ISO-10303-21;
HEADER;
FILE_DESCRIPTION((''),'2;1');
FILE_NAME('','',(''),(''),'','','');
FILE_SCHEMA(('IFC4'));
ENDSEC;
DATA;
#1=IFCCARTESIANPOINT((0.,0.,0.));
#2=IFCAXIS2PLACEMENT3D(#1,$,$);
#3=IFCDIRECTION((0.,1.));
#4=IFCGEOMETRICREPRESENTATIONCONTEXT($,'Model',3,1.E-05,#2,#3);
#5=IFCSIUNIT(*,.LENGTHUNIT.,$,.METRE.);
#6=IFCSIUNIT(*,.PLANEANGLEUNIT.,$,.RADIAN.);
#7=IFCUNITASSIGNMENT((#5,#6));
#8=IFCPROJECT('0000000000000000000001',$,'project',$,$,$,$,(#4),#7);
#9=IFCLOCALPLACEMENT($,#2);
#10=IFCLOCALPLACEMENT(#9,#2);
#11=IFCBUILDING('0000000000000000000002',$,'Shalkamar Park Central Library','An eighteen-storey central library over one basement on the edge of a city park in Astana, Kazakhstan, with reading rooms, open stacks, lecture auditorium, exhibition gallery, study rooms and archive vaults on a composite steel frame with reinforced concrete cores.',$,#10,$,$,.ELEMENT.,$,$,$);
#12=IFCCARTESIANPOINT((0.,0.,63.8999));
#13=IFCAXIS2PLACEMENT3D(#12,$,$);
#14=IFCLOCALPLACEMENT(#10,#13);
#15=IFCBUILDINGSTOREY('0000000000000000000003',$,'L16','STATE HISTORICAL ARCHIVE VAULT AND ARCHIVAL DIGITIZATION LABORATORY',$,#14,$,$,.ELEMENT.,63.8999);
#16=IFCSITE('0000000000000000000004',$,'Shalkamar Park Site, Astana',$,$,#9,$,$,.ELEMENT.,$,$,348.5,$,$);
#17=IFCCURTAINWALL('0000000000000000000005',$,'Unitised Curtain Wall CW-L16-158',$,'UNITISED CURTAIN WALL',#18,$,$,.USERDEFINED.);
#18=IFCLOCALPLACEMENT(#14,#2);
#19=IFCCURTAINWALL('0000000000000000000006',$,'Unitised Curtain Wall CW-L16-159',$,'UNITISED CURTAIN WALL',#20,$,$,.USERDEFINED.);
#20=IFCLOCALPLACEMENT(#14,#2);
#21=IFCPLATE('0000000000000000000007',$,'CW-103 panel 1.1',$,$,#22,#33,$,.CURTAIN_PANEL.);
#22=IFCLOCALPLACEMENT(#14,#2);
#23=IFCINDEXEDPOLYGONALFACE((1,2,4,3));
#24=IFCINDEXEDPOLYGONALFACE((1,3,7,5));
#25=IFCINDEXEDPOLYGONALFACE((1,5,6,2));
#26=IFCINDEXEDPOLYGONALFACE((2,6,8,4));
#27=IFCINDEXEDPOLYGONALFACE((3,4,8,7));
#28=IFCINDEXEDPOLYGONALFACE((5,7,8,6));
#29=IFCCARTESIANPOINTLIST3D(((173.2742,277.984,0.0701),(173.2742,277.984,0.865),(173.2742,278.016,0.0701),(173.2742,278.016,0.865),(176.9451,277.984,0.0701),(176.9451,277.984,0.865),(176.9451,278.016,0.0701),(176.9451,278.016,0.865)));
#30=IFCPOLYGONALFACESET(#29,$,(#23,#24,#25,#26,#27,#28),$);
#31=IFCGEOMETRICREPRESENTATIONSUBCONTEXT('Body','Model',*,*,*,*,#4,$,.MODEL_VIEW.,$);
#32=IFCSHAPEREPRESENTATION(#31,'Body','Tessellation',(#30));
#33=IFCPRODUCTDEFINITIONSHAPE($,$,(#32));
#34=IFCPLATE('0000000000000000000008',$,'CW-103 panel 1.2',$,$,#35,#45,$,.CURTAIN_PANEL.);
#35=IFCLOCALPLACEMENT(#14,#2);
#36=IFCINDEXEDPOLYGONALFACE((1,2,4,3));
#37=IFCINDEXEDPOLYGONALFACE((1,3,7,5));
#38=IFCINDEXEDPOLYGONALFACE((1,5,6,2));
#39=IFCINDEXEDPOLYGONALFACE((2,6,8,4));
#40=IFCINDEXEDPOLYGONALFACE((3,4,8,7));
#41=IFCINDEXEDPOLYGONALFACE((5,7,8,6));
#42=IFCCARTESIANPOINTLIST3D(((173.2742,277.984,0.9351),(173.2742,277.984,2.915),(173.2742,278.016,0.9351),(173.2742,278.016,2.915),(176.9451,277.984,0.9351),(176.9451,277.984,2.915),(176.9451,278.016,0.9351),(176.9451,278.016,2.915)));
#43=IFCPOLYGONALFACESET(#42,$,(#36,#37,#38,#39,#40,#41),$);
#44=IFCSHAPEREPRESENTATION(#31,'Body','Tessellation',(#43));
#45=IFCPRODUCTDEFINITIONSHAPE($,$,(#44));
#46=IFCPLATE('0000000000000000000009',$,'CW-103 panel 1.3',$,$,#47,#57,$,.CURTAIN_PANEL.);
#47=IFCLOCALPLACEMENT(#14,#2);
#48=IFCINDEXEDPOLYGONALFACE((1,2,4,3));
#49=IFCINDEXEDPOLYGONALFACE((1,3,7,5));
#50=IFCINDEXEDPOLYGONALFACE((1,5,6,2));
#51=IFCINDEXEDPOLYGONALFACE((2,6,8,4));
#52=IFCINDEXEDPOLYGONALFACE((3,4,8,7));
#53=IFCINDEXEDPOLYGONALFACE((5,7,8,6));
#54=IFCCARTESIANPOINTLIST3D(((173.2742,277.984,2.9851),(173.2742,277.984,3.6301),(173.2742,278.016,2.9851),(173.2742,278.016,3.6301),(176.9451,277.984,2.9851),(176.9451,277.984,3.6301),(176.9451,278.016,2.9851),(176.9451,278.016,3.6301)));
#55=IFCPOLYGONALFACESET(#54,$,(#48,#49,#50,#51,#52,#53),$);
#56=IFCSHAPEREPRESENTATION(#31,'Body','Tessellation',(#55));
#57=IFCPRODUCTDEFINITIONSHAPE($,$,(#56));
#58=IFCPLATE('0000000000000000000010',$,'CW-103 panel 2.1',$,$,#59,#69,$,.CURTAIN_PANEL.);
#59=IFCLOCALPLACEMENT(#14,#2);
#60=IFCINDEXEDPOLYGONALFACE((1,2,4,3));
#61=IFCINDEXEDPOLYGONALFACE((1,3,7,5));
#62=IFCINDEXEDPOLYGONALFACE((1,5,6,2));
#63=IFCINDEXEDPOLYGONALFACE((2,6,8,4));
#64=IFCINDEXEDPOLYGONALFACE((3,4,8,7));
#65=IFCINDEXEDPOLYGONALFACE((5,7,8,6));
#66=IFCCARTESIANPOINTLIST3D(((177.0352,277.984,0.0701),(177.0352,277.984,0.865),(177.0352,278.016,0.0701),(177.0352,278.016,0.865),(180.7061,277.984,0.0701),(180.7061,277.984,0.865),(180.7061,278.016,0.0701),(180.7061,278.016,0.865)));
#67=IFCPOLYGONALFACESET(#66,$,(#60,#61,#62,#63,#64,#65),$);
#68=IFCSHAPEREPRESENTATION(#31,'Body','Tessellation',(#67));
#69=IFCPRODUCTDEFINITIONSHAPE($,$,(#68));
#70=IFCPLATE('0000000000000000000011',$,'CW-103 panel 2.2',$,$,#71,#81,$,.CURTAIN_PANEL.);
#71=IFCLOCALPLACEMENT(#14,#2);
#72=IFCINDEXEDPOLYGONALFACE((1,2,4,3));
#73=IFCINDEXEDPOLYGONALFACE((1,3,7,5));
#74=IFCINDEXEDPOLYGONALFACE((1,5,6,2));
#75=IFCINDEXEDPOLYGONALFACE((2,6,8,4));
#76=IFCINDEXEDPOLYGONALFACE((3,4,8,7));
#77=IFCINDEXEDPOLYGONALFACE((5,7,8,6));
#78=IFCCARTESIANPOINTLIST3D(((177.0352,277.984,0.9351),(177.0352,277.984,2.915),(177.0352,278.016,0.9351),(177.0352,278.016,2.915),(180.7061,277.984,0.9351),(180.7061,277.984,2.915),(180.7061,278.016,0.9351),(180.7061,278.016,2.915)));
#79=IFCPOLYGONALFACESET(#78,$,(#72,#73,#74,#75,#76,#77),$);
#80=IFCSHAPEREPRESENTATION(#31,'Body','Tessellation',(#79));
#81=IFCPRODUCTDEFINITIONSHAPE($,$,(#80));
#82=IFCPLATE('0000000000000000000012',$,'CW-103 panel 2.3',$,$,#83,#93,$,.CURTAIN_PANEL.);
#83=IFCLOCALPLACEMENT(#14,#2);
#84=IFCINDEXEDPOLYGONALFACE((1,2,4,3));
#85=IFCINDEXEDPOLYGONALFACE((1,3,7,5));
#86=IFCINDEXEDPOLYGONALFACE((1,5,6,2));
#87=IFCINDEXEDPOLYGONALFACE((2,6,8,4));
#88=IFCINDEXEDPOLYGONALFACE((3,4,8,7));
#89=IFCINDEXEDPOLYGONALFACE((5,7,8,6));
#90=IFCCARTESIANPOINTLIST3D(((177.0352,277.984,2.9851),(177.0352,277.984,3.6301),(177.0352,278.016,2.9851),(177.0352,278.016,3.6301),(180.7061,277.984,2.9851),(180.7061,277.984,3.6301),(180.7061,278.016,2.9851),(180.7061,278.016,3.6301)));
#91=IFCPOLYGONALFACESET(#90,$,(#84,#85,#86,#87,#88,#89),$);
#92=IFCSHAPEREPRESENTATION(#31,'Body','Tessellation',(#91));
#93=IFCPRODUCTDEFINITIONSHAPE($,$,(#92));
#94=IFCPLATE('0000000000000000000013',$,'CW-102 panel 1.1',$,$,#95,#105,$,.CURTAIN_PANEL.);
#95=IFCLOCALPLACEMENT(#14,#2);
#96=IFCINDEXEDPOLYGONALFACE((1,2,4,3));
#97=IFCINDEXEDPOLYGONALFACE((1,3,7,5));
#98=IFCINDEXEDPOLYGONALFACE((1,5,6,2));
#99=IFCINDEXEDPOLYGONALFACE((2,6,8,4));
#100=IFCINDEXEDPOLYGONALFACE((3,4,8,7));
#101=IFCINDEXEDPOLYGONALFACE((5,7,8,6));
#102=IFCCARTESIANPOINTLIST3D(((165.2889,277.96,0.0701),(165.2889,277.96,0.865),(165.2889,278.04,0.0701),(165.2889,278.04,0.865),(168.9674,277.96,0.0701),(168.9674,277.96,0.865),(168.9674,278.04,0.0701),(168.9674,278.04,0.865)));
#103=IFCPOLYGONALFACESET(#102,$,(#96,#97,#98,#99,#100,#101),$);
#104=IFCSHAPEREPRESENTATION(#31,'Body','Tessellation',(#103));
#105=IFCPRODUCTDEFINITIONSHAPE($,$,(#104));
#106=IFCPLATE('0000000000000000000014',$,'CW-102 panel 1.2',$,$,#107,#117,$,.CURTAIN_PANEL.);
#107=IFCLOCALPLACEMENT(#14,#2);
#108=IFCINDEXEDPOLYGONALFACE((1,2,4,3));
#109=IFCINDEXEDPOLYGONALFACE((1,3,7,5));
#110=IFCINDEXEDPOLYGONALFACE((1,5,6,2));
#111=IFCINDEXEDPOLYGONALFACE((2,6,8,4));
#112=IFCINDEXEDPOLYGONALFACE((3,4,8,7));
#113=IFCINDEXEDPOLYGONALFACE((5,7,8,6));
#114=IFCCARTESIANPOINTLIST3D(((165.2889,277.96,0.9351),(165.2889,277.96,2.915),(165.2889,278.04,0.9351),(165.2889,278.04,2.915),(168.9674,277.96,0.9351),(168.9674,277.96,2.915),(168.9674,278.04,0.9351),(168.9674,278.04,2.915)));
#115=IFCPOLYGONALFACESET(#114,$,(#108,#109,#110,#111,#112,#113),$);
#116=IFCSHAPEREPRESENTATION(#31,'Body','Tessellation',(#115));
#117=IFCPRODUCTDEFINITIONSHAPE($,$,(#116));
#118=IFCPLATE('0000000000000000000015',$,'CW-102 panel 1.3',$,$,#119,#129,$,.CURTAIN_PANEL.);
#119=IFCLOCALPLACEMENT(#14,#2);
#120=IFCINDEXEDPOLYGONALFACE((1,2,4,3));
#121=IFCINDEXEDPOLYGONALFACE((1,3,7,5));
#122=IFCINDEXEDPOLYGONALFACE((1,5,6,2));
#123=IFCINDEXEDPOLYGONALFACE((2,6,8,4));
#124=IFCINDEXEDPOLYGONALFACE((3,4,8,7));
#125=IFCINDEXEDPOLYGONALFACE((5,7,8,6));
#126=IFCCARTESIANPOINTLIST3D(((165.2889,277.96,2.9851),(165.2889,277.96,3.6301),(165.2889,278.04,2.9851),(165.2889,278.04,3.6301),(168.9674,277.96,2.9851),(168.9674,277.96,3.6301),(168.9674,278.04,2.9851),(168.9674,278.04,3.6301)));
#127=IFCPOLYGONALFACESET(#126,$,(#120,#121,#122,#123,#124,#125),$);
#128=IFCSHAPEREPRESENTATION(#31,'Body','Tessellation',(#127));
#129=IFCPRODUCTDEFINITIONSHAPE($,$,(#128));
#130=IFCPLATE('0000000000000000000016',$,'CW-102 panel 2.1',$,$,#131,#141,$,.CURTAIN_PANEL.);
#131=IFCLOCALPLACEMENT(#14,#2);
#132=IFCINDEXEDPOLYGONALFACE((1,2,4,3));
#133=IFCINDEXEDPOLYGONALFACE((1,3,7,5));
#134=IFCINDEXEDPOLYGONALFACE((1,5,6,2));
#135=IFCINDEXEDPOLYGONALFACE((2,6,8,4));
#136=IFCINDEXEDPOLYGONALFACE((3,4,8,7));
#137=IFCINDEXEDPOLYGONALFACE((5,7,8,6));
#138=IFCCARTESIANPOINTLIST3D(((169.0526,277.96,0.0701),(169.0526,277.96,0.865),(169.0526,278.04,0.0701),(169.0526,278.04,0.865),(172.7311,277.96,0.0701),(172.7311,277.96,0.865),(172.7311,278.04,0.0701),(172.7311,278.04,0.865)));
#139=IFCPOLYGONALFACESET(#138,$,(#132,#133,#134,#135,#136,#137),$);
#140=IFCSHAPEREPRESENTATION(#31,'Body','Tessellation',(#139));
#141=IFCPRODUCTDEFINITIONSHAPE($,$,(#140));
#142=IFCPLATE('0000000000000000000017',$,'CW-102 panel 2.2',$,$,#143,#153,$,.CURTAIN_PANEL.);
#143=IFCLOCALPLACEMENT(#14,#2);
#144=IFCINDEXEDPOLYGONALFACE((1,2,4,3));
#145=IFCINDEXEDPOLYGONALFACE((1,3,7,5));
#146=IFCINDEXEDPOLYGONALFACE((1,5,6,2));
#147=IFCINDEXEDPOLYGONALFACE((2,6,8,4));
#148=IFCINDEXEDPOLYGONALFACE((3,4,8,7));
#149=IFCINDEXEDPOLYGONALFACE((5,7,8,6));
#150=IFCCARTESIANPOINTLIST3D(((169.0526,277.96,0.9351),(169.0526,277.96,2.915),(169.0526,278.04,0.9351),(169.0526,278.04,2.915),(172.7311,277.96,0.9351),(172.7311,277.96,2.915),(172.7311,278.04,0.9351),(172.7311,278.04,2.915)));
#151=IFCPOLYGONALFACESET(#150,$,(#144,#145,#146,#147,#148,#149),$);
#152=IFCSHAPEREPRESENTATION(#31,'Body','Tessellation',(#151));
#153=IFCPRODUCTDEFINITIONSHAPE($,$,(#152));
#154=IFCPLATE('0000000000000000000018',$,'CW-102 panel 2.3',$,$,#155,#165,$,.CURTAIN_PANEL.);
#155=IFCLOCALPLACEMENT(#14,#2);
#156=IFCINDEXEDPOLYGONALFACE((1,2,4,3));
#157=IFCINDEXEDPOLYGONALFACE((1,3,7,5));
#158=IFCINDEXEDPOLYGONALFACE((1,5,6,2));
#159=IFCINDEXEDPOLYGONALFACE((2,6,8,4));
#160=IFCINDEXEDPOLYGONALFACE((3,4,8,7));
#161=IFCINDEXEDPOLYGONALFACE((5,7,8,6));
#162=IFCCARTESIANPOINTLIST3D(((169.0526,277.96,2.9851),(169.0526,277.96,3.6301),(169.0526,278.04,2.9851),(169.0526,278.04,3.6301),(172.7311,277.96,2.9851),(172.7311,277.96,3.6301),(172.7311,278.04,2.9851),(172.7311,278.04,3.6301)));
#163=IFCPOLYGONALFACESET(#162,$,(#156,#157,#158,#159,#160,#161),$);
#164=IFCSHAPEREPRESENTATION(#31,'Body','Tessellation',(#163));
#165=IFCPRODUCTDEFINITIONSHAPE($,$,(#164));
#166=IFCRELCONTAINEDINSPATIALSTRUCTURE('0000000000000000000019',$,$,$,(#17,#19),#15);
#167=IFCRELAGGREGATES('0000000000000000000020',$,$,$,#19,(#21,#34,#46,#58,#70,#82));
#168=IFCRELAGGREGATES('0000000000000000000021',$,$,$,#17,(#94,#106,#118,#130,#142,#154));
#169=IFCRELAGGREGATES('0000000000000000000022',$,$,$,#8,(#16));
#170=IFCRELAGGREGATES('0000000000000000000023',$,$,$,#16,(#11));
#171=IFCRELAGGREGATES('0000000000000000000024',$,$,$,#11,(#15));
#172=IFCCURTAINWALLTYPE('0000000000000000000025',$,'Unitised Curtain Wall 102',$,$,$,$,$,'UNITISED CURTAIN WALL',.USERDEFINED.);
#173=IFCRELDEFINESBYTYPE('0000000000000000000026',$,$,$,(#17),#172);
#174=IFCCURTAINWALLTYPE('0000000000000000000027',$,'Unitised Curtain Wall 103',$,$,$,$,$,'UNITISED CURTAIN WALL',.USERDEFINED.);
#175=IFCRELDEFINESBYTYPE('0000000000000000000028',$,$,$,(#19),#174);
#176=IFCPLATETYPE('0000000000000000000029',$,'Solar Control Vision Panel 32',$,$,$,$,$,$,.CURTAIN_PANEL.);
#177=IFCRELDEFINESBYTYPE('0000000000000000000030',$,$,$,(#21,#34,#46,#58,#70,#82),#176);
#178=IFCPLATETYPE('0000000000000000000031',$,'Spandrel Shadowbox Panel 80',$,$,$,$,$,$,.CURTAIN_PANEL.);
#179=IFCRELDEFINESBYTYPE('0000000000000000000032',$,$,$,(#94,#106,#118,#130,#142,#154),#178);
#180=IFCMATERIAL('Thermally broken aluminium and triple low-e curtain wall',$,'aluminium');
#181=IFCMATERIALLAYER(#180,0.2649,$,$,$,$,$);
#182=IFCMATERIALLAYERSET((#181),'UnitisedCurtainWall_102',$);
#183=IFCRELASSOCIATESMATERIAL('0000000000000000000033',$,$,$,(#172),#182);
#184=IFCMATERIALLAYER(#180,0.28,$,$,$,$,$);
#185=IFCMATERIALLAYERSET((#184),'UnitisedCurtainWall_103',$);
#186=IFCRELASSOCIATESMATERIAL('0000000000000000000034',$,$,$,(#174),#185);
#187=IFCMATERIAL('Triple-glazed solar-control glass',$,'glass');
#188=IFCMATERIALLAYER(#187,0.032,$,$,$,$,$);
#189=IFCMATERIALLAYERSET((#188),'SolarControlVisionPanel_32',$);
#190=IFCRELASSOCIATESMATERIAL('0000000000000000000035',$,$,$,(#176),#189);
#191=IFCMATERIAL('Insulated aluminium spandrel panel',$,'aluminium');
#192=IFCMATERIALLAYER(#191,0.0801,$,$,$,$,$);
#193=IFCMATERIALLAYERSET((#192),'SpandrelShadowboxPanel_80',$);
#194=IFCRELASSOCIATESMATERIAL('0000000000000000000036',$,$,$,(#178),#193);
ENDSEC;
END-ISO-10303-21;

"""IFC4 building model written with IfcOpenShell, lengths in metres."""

from ifc_helpers import new_model, si_unit, direction, frame, origin, origin_2d, place, context, subcontext, project, spatial, rectangle, extrude, material, layer, layer_set, type_object, element, aggregate, save


model = new_model("IFC4")

# Units and contexts
model_context = context("Model", 3, precision=1e-05, world=origin(), true_north=direction((0.0, 1.0)))
body_context = subcontext(model_context, "Body", "Model", "MODEL_VIEW")
ifc_project = project(units=[si_unit("LENGTHUNIT", "METRE"), si_unit("PLANEANGLEUNIT", "RADIAN")], contexts=[model_context])

# Site, building, storey
site_placement = place(None, origin())
site = spatial("IfcSite", under=ifc_project, at=site_placement, Name="Shalkamar Park Site, Astana", CompositionType="ELEMENT", RefElevation=348.5)
building_placement = place(site_placement, origin())
building = spatial("IfcBuilding", under=site, at=building_placement, Name="Shalkamar Park Central Library", Description="An eighteen-storey central library over one basement on the edge of a city park in Astana, Kazakhstan, with reading rooms, open stacks, lecture auditorium, exhibition gallery, study rooms and archive vaults on a composite steel frame with reinforced concrete cores.", CompositionType="ELEMENT")
storey_placement = place(building_placement, frame((0.0, 0.0, 63.8999)))
storey = spatial("IfcBuildingStorey", under=building, at=storey_placement, Name="L16", Description="STATE HISTORICAL ARCHIVE VAULT AND ARCHIVAL DIGITIZATION LABORATORY", CompositionType="ELEMENT", Elevation=63.8999)

# Curtain walls
ifc_material_1 = material(Name="Thermally broken aluminium and triple low-e curtain wall", Category="aluminium")
ifc_layer_1 = layer(ifc_material_1, 0.2649)
ifc_layer_set_1 = layer_set([ifc_layer_1], Name="UnitisedCurtainWall_102")
curtain_wall_type_1 = type_object("IfcCurtainWallType", Name="Unitised Curtain Wall 102", ElementType="UNITISED CURTAIN WALL", PredefinedType="USERDEFINED", material=ifc_layer_set_1)
curtain_wall_1_placement = place(storey_placement, origin())
curtain_wall_1 = element("IfcCurtainWall", 1, at=curtain_wall_1_placement, inside=storey, type_object=curtain_wall_type_1, Name="Unitised Curtain Wall CW-L16-158", ObjectType="UNITISED CURTAIN WALL", PredefinedType="USERDEFINED")
ifc_layer_2 = layer(ifc_material_1, 0.28)
ifc_layer_set_2 = layer_set([ifc_layer_2], Name="UnitisedCurtainWall_103")
curtain_wall_type_2 = type_object("IfcCurtainWallType", Name="Unitised Curtain Wall 103", ElementType="UNITISED CURTAIN WALL", PredefinedType="USERDEFINED", material=ifc_layer_set_2)
curtain_wall_2_placement = place(storey_placement, origin())
curtain_wall_2 = element("IfcCurtainWall", 2, at=curtain_wall_2_placement, inside=storey, type_object=curtain_wall_type_2, Name="Unitised Curtain Wall CW-L16-159", ObjectType="UNITISED CURTAIN WALL", PredefinedType="USERDEFINED")

# Plates
ifc_material_2 = material(Name="Triple-glazed solar-control glass", Category="glass")
ifc_layer_3 = layer(ifc_material_2, 0.032)
ifc_layer_set_3 = layer_set([ifc_layer_3], Name="SolarControlVisionPanel_32")
plate_type_1 = type_object("IfcPlateType", Name="Solar Control Vision Panel 32", PredefinedType="CURTAIN_PANEL", material=ifc_layer_set_3)
plate_1_placement = place(storey_placement, frame((175.1096, 278.0, 0.0701), z_axis=(0.0, 0.0, 1.0), x_axis=(1.0, 0.0, 0.0)))
plate_1 = element("IfcPlate", 3, at=plate_1_placement, type_object=plate_type_1, Name="CW-103 panel 1.1", PredefinedType="CURTAIN_PANEL", context=body_context, shape_type="SweptSolid", body=[
    extrude(rectangle(XDim=3.6709, YDim=0.032, at=origin_2d()), origin(), (0.0, 0.0, 1.0), 0.7949),
])
plate_2_placement = place(storey_placement, frame((175.1096, 278.0, 0.9351), z_axis=(0.0, 0.0, 1.0), x_axis=(1.0, 0.0, 0.0)))
plate_2 = element("IfcPlate", 4, at=plate_2_placement, type_object=plate_type_1, Name="CW-103 panel 1.2", PredefinedType="CURTAIN_PANEL", context=body_context, shape_type="SweptSolid", body=[
    extrude(rectangle(XDim=3.6709, YDim=0.032, at=origin_2d()), origin(), (0.0, 0.0, 1.0), 1.98),
])
plate_3_placement = place(storey_placement, frame((175.1096, 278.0, 2.9851), z_axis=(0.0, 0.0, 1.0), x_axis=(1.0, 0.0, 0.0)))
plate_3 = element("IfcPlate", 5, at=plate_3_placement, type_object=plate_type_1, Name="CW-103 panel 1.3", PredefinedType="CURTAIN_PANEL", context=body_context, shape_type="SweptSolid", body=[
    extrude(rectangle(XDim=3.6709, YDim=0.032, at=origin_2d()), origin(), (0.0, 0.0, 1.0), 0.645),
])
plate_4_placement = place(storey_placement, frame((178.8706, 278.0, 0.0701), z_axis=(0.0, 0.0, 1.0), x_axis=(1.0, 0.0, 0.0)))
plate_4 = element("IfcPlate", 6, at=plate_4_placement, type_object=plate_type_1, Name="CW-103 panel 2.1", PredefinedType="CURTAIN_PANEL", context=body_context, shape_type="SweptSolid", body=[
    extrude(rectangle(XDim=3.6709, YDim=0.032, at=origin_2d()), origin(), (0.0, 0.0, 1.0), 0.7949),
])
plate_5_placement = place(storey_placement, frame((178.8706, 278.0, 0.9351), z_axis=(0.0, 0.0, 1.0), x_axis=(1.0, 0.0, 0.0)))
plate_5 = element("IfcPlate", 7, at=plate_5_placement, type_object=plate_type_1, Name="CW-103 panel 2.2", PredefinedType="CURTAIN_PANEL", context=body_context, shape_type="SweptSolid", body=[
    extrude(rectangle(XDim=3.6709, YDim=0.032, at=origin_2d()), origin(), (0.0, 0.0, 1.0), 1.98),
])
plate_6_placement = place(storey_placement, frame((178.8706, 278.0, 2.9851), z_axis=(0.0, 0.0, 1.0), x_axis=(1.0, 0.0, 0.0)))
plate_6 = element("IfcPlate", 8, at=plate_6_placement, type_object=plate_type_1, Name="CW-103 panel 2.3", PredefinedType="CURTAIN_PANEL", context=body_context, shape_type="SweptSolid", body=[
    extrude(rectangle(XDim=3.6709, YDim=0.032, at=origin_2d()), origin(), (0.0, 0.0, 1.0), 0.645),
])
aggregate(curtain_wall_2, [plate_1, plate_2, plate_3, plate_4, plate_5, plate_6])
ifc_material_3 = material(Name="Insulated aluminium spandrel panel", Category="aluminium")
ifc_layer_4 = layer(ifc_material_3, 0.0801)
ifc_layer_set_4 = layer_set([ifc_layer_4], Name="SpandrelShadowboxPanel_80")
plate_type_2 = type_object("IfcPlateType", Name="Spandrel Shadowbox Panel 80", PredefinedType="CURTAIN_PANEL", material=ifc_layer_set_4)
plate_7_placement = place(storey_placement, frame((167.1282, 278.0, 0.0701), z_axis=(0.0, 0.0, 1.0), x_axis=(1.0, 0.0, 0.0)))
plate_7 = element("IfcPlate", 9, at=plate_7_placement, type_object=plate_type_2, Name="CW-102 panel 1.1", PredefinedType="CURTAIN_PANEL", context=body_context, shape_type="SweptSolid", body=[
    extrude(rectangle(XDim=3.6785, YDim=0.0801, at=origin_2d()), origin(), (0.0, 0.0, 1.0), 0.7949),
])
plate_8_placement = place(storey_placement, frame((167.1282, 278.0, 0.9351), z_axis=(0.0, 0.0, 1.0), x_axis=(1.0, 0.0, 0.0)))
plate_8 = element("IfcPlate", 10, at=plate_8_placement, type_object=plate_type_2, Name="CW-102 panel 1.2", PredefinedType="CURTAIN_PANEL", context=body_context, shape_type="SweptSolid", body=[
    extrude(rectangle(XDim=3.6785, YDim=0.0801, at=origin_2d()), origin(), (0.0, 0.0, 1.0), 1.98),
])
plate_9_placement = place(storey_placement, frame((167.1282, 278.0, 2.9851), z_axis=(0.0, 0.0, 1.0), x_axis=(1.0, 0.0, 0.0)))
plate_9 = element("IfcPlate", 11, at=plate_9_placement, type_object=plate_type_2, Name="CW-102 panel 1.3", PredefinedType="CURTAIN_PANEL", context=body_context, shape_type="SweptSolid", body=[
    extrude(rectangle(XDim=3.6785, YDim=0.0801, at=origin_2d()), origin(), (0.0, 0.0, 1.0), 0.645),
])
plate_10_placement = place(storey_placement, frame((170.8918, 278.0, 0.0701), z_axis=(0.0, 0.0, 1.0), x_axis=(1.0, 0.0, 0.0)))
plate_10 = element("IfcPlate", 12, at=plate_10_placement, type_object=plate_type_2, Name="CW-102 panel 2.1", PredefinedType="CURTAIN_PANEL", context=body_context, shape_type="SweptSolid", body=[
    extrude(rectangle(XDim=3.6785, YDim=0.0801, at=origin_2d()), origin(), (0.0, 0.0, 1.0), 0.7949),
])
plate_11_placement = place(storey_placement, frame((170.8918, 278.0, 0.9351), z_axis=(0.0, 0.0, 1.0), x_axis=(1.0, 0.0, 0.0)))
plate_11 = element("IfcPlate", 13, at=plate_11_placement, type_object=plate_type_2, Name="CW-102 panel 2.2", PredefinedType="CURTAIN_PANEL", context=body_context, shape_type="SweptSolid", body=[
    extrude(rectangle(XDim=3.6785, YDim=0.0801, at=origin_2d()), origin(), (0.0, 0.0, 1.0), 1.98),
])
plate_12_placement = place(storey_placement, frame((170.8918, 278.0, 2.9851), z_axis=(0.0, 0.0, 1.0), x_axis=(1.0, 0.0, 0.0)))
plate_12 = element("IfcPlate", 14, at=plate_12_placement, type_object=plate_type_2, Name="CW-102 panel 2.3", PredefinedType="CURTAIN_PANEL", context=body_context, shape_type="SweptSolid", body=[
    extrude(rectangle(XDim=3.6785, YDim=0.0801, at=origin_2d()), origin(), (0.0, 0.0, 1.0), 0.645),
])
aggregate(curtain_wall_1, [plate_7, plate_8, plate_9, plate_10, plate_11, plate_12])

save(model, "model.ifc")
